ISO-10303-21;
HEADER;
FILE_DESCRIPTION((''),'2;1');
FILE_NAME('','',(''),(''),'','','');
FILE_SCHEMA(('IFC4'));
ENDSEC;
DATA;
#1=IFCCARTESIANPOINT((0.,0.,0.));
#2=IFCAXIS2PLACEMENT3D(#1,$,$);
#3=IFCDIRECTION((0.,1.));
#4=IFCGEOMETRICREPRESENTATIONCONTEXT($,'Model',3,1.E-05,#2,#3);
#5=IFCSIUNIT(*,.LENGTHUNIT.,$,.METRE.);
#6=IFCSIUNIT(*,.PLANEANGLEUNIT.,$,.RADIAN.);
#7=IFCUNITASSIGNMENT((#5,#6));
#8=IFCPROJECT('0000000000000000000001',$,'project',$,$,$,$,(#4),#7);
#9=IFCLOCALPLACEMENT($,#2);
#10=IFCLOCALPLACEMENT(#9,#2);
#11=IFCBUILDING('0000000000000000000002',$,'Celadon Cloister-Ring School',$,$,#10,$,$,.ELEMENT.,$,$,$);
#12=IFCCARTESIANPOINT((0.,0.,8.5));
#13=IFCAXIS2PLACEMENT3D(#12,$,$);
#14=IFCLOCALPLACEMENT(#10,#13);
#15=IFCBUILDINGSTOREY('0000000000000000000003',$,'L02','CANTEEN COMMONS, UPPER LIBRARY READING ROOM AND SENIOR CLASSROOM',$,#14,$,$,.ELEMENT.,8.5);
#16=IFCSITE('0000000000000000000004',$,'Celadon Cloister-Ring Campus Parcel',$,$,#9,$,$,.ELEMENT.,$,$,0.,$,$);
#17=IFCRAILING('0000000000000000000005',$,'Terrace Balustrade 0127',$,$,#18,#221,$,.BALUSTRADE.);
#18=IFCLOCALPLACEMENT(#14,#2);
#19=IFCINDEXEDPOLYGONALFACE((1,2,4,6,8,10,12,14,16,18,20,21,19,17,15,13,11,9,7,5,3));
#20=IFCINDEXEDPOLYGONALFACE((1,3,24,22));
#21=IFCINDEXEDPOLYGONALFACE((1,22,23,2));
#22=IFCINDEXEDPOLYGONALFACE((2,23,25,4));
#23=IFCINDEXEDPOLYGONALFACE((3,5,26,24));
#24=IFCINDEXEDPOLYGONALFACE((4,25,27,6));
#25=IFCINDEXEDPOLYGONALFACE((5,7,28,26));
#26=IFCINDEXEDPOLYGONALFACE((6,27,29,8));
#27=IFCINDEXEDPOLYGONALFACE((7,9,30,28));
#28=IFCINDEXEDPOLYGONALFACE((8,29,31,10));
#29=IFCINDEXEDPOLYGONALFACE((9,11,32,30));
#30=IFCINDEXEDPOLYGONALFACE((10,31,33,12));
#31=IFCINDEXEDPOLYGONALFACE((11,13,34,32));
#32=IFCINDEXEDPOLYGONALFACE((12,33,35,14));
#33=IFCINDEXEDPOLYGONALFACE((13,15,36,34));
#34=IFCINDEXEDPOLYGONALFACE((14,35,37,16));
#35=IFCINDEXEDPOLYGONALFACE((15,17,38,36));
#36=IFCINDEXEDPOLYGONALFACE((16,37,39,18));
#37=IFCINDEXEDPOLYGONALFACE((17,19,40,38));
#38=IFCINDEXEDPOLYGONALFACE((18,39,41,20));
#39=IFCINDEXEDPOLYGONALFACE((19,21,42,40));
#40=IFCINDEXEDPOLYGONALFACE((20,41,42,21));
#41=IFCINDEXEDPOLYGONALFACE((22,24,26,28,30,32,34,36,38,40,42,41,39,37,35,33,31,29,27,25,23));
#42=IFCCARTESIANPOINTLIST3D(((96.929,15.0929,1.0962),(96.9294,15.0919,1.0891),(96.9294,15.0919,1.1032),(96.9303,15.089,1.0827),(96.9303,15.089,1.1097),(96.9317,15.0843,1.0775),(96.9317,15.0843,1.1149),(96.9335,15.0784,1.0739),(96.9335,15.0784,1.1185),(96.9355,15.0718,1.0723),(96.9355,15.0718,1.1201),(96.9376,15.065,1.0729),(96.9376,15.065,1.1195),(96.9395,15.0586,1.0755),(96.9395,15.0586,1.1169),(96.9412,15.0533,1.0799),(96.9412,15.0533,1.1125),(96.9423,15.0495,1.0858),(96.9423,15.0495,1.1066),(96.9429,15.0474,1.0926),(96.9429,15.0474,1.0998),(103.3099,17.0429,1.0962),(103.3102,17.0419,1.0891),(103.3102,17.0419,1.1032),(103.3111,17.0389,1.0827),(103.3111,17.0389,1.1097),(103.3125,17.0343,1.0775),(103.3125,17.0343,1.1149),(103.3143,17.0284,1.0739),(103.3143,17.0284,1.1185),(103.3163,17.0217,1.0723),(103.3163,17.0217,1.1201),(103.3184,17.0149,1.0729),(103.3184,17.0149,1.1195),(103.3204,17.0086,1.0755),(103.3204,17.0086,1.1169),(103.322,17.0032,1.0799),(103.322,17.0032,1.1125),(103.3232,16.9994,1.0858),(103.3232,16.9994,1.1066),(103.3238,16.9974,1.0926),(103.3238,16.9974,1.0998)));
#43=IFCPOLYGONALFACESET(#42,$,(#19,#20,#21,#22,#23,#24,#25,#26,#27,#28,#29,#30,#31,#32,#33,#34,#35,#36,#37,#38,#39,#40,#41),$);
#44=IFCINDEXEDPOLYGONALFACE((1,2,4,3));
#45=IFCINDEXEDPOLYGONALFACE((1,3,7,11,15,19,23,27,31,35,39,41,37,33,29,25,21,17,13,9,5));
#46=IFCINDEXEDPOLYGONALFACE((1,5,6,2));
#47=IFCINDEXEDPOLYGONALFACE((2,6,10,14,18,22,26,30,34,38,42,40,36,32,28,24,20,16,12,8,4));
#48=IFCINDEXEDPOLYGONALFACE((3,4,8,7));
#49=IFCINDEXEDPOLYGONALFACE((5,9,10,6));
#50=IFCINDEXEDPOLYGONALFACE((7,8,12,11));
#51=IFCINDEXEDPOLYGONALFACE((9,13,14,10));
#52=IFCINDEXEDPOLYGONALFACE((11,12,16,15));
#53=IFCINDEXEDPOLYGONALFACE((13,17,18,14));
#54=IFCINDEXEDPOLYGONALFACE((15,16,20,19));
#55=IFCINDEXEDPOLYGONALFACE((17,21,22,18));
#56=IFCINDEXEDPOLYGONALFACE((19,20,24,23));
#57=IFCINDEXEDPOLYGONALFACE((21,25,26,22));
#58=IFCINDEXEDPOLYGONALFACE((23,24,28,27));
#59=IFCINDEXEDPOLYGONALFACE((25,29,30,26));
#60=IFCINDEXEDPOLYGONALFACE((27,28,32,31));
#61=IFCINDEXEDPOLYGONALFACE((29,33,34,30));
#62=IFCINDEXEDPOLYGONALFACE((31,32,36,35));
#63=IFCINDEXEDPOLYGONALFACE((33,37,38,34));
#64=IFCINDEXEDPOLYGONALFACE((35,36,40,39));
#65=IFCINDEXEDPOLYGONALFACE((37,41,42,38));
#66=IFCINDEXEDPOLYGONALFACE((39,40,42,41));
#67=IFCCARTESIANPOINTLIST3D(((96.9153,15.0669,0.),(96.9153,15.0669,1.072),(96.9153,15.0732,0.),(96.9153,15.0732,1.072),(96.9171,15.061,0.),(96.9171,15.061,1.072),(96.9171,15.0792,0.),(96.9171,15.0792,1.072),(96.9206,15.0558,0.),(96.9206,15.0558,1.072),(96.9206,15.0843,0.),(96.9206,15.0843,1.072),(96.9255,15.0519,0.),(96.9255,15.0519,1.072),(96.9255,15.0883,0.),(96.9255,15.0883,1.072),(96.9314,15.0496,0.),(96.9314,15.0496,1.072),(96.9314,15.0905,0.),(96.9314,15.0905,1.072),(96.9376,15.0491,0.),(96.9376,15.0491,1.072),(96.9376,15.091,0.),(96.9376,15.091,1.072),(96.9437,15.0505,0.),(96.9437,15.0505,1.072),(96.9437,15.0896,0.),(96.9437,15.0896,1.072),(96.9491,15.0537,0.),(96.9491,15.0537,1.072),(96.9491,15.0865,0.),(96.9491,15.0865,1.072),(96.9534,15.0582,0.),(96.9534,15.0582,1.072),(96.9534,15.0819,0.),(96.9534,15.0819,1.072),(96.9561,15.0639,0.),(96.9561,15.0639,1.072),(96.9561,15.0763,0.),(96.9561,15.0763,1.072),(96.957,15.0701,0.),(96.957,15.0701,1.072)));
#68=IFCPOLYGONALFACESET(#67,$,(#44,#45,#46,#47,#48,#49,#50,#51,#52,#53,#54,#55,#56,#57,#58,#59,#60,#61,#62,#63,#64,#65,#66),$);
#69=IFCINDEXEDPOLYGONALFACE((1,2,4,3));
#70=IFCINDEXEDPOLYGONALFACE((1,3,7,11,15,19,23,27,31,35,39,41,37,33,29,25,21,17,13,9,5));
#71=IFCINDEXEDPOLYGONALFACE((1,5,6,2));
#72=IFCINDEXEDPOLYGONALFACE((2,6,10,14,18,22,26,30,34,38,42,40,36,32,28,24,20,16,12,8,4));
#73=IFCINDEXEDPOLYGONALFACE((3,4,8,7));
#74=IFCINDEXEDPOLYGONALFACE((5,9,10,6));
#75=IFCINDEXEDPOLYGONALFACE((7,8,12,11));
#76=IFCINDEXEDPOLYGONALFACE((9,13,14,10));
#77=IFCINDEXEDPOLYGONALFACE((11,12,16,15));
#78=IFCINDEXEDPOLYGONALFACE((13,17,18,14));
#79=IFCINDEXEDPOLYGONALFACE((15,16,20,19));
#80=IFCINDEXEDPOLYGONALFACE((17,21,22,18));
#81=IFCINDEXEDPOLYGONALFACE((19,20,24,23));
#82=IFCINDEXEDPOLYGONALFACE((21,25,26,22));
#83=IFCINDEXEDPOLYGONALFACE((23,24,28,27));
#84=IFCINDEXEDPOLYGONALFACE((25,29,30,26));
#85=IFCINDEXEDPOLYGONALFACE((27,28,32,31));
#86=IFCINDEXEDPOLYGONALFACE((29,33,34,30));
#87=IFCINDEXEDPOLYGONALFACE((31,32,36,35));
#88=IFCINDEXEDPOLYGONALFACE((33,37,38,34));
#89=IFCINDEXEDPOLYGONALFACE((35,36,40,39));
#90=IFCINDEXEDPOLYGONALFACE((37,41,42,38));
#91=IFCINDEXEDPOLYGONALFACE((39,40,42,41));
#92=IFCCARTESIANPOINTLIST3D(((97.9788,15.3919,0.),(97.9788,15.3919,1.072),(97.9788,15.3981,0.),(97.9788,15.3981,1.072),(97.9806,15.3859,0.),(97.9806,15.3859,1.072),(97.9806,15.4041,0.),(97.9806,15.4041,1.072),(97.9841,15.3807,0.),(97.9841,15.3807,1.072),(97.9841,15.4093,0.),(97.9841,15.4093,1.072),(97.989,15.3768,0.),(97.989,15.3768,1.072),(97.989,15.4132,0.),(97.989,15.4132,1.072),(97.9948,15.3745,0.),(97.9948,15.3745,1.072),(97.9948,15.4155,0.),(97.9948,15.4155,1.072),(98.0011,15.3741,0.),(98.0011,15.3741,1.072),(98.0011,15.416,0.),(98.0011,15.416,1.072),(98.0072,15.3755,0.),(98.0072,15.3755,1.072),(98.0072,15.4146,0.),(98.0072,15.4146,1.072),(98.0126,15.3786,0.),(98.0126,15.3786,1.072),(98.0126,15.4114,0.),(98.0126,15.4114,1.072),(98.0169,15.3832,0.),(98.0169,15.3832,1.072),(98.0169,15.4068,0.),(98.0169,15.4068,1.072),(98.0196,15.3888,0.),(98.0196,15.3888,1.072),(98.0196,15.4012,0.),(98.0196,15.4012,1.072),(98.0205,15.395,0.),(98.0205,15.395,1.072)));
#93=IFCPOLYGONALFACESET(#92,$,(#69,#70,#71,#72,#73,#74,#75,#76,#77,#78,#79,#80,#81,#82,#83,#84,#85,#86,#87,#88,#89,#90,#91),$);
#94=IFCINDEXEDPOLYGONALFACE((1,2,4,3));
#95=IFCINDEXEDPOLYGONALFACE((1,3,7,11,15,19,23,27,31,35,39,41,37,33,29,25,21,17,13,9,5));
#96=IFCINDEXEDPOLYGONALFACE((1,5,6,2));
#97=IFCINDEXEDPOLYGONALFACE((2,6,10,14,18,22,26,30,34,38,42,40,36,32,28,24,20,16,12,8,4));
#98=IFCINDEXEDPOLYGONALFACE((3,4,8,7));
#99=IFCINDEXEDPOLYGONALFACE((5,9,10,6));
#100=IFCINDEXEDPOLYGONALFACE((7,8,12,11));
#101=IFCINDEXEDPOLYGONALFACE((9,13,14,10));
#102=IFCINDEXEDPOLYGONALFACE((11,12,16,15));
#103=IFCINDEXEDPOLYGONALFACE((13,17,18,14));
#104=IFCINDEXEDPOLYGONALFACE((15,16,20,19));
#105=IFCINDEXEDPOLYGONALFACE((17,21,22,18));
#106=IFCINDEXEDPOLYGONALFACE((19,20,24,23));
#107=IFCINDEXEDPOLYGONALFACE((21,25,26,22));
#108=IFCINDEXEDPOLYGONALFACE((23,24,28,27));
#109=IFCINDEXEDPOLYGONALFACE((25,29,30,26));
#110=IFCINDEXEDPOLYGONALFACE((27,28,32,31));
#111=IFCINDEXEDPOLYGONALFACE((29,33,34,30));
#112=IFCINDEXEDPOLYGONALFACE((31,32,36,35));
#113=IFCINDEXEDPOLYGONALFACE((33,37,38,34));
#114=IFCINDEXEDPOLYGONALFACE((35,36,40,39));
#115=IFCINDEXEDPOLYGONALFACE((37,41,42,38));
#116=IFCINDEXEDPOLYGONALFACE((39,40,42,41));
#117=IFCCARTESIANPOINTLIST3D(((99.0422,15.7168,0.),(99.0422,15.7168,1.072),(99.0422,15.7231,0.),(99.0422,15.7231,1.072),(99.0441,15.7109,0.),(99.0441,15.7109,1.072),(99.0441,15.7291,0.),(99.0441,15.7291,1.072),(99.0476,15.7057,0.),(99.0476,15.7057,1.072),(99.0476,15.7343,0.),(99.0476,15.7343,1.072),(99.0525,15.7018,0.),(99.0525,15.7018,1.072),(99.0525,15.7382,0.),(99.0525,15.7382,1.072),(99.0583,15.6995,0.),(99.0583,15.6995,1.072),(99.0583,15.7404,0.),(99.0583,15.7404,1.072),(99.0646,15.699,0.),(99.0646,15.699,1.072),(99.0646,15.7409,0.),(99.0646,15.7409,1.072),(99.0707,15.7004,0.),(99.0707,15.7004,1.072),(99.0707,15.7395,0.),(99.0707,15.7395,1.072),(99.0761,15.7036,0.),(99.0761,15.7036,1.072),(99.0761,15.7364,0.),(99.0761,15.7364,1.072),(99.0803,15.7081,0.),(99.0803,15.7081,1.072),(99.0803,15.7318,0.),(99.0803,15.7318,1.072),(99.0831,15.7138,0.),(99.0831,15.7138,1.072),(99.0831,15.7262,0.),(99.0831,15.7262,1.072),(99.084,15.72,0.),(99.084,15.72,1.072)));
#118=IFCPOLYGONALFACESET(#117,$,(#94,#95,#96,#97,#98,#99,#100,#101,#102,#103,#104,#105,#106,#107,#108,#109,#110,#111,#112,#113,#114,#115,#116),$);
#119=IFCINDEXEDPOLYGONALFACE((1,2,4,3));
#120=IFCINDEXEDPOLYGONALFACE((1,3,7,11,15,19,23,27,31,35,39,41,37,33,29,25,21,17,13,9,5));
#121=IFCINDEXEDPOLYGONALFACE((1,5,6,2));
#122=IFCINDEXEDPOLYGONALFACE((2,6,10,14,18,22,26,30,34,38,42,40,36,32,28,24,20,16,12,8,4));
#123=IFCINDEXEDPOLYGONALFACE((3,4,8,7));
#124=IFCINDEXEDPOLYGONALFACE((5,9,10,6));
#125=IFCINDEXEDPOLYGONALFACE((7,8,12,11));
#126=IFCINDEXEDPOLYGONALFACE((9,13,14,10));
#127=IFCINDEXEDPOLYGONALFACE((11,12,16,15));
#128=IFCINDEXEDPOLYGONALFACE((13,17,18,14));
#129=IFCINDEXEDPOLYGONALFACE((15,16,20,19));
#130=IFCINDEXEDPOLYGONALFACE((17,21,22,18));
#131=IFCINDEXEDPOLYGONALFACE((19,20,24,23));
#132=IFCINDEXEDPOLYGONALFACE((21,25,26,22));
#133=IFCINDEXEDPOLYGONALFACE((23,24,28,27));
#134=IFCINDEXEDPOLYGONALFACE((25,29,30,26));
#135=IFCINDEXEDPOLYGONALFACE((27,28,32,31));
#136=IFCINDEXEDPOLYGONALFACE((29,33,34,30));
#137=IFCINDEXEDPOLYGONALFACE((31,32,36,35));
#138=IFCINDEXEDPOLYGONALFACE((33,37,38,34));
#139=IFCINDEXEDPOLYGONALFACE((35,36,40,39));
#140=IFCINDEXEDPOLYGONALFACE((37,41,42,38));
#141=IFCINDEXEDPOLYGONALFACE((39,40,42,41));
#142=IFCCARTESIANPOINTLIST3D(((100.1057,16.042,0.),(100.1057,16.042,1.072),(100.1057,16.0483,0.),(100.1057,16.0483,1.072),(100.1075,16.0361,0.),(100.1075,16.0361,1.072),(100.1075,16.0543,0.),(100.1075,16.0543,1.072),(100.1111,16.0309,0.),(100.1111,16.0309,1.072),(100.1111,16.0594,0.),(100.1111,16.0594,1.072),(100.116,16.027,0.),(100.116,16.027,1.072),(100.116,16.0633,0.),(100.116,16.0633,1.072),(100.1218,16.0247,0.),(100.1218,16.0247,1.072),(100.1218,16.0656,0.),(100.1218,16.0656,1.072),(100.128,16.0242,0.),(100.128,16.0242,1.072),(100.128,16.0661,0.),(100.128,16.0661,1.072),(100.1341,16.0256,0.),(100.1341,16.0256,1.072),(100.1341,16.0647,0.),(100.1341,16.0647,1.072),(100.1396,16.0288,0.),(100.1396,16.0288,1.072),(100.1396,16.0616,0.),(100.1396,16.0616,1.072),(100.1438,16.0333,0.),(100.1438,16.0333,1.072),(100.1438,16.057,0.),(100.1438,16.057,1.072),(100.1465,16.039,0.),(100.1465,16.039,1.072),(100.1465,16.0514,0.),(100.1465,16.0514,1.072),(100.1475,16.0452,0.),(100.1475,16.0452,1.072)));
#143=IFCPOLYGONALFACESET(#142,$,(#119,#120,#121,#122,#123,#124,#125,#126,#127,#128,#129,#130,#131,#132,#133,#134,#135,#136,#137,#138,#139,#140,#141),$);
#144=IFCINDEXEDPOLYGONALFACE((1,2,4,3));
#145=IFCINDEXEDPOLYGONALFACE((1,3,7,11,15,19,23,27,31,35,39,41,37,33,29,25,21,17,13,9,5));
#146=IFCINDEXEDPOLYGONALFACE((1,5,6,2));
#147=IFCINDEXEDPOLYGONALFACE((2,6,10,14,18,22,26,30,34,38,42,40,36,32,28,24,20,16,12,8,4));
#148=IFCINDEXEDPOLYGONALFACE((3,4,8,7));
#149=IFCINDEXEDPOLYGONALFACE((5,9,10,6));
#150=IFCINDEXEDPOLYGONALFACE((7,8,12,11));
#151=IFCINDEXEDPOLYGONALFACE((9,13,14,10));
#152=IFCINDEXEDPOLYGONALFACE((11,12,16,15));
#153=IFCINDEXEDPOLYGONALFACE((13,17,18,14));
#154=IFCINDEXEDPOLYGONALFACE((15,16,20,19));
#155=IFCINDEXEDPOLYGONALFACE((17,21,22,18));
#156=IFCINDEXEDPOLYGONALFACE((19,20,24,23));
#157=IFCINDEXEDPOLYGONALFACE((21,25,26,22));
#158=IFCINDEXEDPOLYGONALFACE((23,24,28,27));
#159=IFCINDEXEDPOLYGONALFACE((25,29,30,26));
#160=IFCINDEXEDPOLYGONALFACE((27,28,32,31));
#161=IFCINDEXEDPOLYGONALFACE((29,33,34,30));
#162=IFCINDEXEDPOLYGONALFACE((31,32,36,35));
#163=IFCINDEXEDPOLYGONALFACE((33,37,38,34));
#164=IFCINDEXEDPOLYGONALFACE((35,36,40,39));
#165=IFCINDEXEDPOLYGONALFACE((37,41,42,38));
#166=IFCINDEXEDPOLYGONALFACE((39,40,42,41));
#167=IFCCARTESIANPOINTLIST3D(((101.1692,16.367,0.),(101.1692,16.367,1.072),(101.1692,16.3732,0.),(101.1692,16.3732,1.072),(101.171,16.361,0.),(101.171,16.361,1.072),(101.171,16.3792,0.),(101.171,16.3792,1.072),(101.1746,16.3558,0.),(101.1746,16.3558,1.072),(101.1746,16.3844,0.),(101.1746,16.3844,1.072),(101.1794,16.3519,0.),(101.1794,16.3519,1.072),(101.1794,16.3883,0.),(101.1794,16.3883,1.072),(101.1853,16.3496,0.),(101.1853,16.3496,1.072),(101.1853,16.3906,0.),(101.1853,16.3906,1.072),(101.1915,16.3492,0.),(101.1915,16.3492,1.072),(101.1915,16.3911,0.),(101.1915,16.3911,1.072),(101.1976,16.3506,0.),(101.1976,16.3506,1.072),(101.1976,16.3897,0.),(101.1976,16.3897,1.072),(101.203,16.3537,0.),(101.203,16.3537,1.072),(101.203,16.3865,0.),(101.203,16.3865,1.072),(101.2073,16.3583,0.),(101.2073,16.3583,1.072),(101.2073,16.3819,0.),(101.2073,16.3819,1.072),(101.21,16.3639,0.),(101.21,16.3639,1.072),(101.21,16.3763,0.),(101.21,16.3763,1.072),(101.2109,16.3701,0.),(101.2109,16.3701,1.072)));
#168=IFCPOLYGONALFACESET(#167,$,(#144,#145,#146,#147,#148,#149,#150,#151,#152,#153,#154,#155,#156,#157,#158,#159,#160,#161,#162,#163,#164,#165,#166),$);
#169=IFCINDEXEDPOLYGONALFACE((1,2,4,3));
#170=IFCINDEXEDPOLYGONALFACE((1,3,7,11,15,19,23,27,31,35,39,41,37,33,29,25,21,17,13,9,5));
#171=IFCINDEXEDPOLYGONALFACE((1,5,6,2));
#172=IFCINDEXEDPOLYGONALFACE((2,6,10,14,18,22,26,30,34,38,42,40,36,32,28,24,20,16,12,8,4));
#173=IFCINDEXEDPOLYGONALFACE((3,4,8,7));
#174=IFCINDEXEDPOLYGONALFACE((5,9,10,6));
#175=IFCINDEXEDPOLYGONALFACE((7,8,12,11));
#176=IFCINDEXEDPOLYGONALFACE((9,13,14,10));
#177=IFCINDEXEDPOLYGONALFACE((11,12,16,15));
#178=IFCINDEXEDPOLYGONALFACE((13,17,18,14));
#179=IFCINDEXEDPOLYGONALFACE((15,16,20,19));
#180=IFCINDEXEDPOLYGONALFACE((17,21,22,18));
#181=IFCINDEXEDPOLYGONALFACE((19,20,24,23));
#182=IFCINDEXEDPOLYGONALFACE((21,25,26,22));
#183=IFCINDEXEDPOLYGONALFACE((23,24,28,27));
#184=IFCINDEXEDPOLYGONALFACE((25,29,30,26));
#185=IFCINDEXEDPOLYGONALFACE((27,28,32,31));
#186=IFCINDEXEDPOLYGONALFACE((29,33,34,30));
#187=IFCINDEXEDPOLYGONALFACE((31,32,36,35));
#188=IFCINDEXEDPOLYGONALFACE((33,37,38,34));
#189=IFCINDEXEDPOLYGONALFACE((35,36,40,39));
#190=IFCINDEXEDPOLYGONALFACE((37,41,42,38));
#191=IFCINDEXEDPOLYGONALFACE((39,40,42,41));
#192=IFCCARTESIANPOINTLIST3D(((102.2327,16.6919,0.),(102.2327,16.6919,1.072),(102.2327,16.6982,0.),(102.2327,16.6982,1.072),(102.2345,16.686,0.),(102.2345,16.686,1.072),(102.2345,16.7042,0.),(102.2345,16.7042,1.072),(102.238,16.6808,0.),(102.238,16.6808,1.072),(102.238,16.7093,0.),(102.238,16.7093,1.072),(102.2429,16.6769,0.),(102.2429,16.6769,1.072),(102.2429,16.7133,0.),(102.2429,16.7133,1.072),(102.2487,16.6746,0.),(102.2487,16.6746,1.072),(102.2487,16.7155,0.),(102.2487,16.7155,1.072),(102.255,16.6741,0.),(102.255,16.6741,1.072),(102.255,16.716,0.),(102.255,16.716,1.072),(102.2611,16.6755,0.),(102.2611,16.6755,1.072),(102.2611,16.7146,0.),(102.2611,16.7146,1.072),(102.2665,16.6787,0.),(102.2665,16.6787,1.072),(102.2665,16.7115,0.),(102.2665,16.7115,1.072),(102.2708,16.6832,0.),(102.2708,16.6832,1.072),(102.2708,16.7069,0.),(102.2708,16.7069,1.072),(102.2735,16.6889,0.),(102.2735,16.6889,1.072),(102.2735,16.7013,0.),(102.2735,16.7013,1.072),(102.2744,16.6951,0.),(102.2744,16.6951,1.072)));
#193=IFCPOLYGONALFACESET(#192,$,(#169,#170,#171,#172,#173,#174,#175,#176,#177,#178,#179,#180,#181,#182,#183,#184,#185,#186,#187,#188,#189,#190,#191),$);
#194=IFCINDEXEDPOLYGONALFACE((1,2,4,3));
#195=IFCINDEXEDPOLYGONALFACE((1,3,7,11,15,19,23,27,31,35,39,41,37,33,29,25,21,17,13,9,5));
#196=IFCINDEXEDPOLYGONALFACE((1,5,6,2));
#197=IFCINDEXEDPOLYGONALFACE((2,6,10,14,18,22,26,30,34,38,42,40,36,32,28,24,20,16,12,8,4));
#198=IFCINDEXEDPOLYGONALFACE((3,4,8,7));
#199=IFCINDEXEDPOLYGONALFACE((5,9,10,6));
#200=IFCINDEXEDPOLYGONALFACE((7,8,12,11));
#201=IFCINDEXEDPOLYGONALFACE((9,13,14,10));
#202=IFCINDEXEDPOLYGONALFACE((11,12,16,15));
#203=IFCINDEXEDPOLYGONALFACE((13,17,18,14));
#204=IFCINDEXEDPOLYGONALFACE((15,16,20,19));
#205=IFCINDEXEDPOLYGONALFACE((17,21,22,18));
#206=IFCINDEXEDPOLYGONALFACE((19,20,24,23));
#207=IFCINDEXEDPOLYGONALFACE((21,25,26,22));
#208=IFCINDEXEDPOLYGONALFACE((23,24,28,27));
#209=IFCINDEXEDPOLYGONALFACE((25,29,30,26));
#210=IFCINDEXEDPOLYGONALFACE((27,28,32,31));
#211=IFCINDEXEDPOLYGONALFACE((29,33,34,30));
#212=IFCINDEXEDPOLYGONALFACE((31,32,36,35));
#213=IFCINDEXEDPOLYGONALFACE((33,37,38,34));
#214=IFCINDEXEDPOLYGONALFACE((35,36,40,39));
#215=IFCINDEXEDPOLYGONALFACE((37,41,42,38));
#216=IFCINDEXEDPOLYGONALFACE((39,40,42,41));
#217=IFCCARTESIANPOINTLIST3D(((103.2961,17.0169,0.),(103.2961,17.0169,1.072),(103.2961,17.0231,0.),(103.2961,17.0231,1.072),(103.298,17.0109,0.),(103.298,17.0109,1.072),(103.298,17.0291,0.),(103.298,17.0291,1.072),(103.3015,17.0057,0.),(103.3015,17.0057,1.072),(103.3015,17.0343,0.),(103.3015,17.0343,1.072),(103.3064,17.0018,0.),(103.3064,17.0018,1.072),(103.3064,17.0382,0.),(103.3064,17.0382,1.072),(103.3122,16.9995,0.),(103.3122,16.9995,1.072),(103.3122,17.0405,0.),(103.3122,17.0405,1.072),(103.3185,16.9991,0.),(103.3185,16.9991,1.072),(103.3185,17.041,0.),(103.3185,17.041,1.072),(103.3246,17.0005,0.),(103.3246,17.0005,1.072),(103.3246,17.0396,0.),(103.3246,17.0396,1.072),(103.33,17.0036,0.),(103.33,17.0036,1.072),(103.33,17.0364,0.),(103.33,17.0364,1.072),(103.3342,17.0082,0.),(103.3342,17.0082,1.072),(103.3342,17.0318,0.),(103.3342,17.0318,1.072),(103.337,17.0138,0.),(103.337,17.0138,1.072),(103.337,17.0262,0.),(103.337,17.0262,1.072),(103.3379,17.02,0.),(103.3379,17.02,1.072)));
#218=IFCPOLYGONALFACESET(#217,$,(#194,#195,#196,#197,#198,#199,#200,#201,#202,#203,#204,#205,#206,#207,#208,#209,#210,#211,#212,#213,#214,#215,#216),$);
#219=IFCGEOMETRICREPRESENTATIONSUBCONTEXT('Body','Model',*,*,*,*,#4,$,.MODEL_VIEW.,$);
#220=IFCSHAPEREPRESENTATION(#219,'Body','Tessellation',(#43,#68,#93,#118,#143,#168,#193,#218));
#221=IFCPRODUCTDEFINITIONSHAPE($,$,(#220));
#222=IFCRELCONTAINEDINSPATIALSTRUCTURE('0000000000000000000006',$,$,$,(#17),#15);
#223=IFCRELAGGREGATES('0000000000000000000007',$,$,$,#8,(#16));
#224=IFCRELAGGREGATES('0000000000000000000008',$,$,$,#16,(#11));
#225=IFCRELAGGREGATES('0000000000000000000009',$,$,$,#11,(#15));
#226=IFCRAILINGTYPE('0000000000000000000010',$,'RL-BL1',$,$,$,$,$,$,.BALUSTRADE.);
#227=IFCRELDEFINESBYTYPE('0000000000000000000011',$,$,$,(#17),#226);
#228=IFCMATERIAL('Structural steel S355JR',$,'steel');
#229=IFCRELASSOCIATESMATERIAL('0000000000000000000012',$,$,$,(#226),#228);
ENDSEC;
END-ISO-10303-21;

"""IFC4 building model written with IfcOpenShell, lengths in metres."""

from ifc_helpers import new_model, si_unit, direction, frame, origin, origin_2d, place, context, subcontext, project, spatial, circle, extrude, material, type_object, element, save


model = new_model("IFC4")

# Units and contexts
model_context = context("Model", 3, precision=1e-05, world=origin(), true_north=direction((0.0, 1.0)))
body_context = subcontext(model_context, "Body", "Model", "MODEL_VIEW")
ifc_project = project(units=[si_unit("LENGTHUNIT", "METRE"), si_unit("PLANEANGLEUNIT", "RADIAN")], contexts=[model_context])

# Site, building, storey
site_placement = place(None, origin())
site = spatial("IfcSite", under=ifc_project, at=site_placement, Name="Celadon Cloister-Ring Campus Parcel", CompositionType="ELEMENT", RefElevation=0.0)
building_placement = place(site_placement, origin())
building = spatial("IfcBuilding", under=site, at=building_placement, Name="Celadon Cloister-Ring School", CompositionType="ELEMENT")
storey_placement = place(building_placement, frame((0.0, 0.0, 8.5)))
storey = spatial("IfcBuildingStorey", under=building, at=storey_placement, Name="L02", Description="CANTEEN COMMONS, UPPER LIBRARY READING ROOM AND SENIOR CLASSROOM", CompositionType="ELEMENT", Elevation=8.5)

# Railing
ifc_material_1 = material(Name="Structural steel S355JR", Category="steel")
railing_type = type_object("IfcRailingType", Name="RL-BL1", PredefinedType="BALUSTRADE", material=ifc_material_1)
railing_placement = place(storey_placement, frame((96.936, 15.0701, 0.0)))
element("IfcRailing", 1, at=railing_placement, inside=storey, type_object=railing_type, Name="Terrace Balustrade 0127", PredefinedType="BALUSTRADE", context=body_context, shape_type="SweptSolid", body=[
    extrude(circle(Radius=0.0239, at=origin_2d()), frame((0.0, 0.0, 1.0962), z_axis=(0.956341, 0.292252, 0.0), x_axis=(-0.292252, 0.956341, 0.0)), (0.0, 0.0, 1.0), 6.6721),
    extrude(circle(Radius=0.021, at=origin_2d()), origin(), (0.0, 0.0, 1.0), 1.072),
    extrude(circle(Radius=0.021, at=origin_2d()), frame((1.0635, 0.325, 0.0)), (0.0, 0.0, 1.0), 1.072),
    extrude(circle(Radius=0.021, at=origin_2d()), frame((2.127, 0.6499, 0.0)), (0.0, 0.0, 1.0), 1.072),
    extrude(circle(Radius=0.021, at=origin_2d()), frame((3.1904, 0.9751, 0.0)), (0.0, 0.0, 1.0), 1.072),
    extrude(circle(Radius=0.021, at=origin_2d()), frame((4.2539, 1.3, 0.0)), (0.0, 0.0, 1.0), 1.072),
    extrude(circle(Radius=0.021, at=origin_2d()), frame((5.3174, 1.625, 0.0)), (0.0, 0.0, 1.0), 1.072),
    extrude(circle(Radius=0.021, at=origin_2d()), frame((6.3809, 1.95, 0.0)), (0.0, 0.0, 1.0), 1.072),
])

save(model, "model.ifc")
